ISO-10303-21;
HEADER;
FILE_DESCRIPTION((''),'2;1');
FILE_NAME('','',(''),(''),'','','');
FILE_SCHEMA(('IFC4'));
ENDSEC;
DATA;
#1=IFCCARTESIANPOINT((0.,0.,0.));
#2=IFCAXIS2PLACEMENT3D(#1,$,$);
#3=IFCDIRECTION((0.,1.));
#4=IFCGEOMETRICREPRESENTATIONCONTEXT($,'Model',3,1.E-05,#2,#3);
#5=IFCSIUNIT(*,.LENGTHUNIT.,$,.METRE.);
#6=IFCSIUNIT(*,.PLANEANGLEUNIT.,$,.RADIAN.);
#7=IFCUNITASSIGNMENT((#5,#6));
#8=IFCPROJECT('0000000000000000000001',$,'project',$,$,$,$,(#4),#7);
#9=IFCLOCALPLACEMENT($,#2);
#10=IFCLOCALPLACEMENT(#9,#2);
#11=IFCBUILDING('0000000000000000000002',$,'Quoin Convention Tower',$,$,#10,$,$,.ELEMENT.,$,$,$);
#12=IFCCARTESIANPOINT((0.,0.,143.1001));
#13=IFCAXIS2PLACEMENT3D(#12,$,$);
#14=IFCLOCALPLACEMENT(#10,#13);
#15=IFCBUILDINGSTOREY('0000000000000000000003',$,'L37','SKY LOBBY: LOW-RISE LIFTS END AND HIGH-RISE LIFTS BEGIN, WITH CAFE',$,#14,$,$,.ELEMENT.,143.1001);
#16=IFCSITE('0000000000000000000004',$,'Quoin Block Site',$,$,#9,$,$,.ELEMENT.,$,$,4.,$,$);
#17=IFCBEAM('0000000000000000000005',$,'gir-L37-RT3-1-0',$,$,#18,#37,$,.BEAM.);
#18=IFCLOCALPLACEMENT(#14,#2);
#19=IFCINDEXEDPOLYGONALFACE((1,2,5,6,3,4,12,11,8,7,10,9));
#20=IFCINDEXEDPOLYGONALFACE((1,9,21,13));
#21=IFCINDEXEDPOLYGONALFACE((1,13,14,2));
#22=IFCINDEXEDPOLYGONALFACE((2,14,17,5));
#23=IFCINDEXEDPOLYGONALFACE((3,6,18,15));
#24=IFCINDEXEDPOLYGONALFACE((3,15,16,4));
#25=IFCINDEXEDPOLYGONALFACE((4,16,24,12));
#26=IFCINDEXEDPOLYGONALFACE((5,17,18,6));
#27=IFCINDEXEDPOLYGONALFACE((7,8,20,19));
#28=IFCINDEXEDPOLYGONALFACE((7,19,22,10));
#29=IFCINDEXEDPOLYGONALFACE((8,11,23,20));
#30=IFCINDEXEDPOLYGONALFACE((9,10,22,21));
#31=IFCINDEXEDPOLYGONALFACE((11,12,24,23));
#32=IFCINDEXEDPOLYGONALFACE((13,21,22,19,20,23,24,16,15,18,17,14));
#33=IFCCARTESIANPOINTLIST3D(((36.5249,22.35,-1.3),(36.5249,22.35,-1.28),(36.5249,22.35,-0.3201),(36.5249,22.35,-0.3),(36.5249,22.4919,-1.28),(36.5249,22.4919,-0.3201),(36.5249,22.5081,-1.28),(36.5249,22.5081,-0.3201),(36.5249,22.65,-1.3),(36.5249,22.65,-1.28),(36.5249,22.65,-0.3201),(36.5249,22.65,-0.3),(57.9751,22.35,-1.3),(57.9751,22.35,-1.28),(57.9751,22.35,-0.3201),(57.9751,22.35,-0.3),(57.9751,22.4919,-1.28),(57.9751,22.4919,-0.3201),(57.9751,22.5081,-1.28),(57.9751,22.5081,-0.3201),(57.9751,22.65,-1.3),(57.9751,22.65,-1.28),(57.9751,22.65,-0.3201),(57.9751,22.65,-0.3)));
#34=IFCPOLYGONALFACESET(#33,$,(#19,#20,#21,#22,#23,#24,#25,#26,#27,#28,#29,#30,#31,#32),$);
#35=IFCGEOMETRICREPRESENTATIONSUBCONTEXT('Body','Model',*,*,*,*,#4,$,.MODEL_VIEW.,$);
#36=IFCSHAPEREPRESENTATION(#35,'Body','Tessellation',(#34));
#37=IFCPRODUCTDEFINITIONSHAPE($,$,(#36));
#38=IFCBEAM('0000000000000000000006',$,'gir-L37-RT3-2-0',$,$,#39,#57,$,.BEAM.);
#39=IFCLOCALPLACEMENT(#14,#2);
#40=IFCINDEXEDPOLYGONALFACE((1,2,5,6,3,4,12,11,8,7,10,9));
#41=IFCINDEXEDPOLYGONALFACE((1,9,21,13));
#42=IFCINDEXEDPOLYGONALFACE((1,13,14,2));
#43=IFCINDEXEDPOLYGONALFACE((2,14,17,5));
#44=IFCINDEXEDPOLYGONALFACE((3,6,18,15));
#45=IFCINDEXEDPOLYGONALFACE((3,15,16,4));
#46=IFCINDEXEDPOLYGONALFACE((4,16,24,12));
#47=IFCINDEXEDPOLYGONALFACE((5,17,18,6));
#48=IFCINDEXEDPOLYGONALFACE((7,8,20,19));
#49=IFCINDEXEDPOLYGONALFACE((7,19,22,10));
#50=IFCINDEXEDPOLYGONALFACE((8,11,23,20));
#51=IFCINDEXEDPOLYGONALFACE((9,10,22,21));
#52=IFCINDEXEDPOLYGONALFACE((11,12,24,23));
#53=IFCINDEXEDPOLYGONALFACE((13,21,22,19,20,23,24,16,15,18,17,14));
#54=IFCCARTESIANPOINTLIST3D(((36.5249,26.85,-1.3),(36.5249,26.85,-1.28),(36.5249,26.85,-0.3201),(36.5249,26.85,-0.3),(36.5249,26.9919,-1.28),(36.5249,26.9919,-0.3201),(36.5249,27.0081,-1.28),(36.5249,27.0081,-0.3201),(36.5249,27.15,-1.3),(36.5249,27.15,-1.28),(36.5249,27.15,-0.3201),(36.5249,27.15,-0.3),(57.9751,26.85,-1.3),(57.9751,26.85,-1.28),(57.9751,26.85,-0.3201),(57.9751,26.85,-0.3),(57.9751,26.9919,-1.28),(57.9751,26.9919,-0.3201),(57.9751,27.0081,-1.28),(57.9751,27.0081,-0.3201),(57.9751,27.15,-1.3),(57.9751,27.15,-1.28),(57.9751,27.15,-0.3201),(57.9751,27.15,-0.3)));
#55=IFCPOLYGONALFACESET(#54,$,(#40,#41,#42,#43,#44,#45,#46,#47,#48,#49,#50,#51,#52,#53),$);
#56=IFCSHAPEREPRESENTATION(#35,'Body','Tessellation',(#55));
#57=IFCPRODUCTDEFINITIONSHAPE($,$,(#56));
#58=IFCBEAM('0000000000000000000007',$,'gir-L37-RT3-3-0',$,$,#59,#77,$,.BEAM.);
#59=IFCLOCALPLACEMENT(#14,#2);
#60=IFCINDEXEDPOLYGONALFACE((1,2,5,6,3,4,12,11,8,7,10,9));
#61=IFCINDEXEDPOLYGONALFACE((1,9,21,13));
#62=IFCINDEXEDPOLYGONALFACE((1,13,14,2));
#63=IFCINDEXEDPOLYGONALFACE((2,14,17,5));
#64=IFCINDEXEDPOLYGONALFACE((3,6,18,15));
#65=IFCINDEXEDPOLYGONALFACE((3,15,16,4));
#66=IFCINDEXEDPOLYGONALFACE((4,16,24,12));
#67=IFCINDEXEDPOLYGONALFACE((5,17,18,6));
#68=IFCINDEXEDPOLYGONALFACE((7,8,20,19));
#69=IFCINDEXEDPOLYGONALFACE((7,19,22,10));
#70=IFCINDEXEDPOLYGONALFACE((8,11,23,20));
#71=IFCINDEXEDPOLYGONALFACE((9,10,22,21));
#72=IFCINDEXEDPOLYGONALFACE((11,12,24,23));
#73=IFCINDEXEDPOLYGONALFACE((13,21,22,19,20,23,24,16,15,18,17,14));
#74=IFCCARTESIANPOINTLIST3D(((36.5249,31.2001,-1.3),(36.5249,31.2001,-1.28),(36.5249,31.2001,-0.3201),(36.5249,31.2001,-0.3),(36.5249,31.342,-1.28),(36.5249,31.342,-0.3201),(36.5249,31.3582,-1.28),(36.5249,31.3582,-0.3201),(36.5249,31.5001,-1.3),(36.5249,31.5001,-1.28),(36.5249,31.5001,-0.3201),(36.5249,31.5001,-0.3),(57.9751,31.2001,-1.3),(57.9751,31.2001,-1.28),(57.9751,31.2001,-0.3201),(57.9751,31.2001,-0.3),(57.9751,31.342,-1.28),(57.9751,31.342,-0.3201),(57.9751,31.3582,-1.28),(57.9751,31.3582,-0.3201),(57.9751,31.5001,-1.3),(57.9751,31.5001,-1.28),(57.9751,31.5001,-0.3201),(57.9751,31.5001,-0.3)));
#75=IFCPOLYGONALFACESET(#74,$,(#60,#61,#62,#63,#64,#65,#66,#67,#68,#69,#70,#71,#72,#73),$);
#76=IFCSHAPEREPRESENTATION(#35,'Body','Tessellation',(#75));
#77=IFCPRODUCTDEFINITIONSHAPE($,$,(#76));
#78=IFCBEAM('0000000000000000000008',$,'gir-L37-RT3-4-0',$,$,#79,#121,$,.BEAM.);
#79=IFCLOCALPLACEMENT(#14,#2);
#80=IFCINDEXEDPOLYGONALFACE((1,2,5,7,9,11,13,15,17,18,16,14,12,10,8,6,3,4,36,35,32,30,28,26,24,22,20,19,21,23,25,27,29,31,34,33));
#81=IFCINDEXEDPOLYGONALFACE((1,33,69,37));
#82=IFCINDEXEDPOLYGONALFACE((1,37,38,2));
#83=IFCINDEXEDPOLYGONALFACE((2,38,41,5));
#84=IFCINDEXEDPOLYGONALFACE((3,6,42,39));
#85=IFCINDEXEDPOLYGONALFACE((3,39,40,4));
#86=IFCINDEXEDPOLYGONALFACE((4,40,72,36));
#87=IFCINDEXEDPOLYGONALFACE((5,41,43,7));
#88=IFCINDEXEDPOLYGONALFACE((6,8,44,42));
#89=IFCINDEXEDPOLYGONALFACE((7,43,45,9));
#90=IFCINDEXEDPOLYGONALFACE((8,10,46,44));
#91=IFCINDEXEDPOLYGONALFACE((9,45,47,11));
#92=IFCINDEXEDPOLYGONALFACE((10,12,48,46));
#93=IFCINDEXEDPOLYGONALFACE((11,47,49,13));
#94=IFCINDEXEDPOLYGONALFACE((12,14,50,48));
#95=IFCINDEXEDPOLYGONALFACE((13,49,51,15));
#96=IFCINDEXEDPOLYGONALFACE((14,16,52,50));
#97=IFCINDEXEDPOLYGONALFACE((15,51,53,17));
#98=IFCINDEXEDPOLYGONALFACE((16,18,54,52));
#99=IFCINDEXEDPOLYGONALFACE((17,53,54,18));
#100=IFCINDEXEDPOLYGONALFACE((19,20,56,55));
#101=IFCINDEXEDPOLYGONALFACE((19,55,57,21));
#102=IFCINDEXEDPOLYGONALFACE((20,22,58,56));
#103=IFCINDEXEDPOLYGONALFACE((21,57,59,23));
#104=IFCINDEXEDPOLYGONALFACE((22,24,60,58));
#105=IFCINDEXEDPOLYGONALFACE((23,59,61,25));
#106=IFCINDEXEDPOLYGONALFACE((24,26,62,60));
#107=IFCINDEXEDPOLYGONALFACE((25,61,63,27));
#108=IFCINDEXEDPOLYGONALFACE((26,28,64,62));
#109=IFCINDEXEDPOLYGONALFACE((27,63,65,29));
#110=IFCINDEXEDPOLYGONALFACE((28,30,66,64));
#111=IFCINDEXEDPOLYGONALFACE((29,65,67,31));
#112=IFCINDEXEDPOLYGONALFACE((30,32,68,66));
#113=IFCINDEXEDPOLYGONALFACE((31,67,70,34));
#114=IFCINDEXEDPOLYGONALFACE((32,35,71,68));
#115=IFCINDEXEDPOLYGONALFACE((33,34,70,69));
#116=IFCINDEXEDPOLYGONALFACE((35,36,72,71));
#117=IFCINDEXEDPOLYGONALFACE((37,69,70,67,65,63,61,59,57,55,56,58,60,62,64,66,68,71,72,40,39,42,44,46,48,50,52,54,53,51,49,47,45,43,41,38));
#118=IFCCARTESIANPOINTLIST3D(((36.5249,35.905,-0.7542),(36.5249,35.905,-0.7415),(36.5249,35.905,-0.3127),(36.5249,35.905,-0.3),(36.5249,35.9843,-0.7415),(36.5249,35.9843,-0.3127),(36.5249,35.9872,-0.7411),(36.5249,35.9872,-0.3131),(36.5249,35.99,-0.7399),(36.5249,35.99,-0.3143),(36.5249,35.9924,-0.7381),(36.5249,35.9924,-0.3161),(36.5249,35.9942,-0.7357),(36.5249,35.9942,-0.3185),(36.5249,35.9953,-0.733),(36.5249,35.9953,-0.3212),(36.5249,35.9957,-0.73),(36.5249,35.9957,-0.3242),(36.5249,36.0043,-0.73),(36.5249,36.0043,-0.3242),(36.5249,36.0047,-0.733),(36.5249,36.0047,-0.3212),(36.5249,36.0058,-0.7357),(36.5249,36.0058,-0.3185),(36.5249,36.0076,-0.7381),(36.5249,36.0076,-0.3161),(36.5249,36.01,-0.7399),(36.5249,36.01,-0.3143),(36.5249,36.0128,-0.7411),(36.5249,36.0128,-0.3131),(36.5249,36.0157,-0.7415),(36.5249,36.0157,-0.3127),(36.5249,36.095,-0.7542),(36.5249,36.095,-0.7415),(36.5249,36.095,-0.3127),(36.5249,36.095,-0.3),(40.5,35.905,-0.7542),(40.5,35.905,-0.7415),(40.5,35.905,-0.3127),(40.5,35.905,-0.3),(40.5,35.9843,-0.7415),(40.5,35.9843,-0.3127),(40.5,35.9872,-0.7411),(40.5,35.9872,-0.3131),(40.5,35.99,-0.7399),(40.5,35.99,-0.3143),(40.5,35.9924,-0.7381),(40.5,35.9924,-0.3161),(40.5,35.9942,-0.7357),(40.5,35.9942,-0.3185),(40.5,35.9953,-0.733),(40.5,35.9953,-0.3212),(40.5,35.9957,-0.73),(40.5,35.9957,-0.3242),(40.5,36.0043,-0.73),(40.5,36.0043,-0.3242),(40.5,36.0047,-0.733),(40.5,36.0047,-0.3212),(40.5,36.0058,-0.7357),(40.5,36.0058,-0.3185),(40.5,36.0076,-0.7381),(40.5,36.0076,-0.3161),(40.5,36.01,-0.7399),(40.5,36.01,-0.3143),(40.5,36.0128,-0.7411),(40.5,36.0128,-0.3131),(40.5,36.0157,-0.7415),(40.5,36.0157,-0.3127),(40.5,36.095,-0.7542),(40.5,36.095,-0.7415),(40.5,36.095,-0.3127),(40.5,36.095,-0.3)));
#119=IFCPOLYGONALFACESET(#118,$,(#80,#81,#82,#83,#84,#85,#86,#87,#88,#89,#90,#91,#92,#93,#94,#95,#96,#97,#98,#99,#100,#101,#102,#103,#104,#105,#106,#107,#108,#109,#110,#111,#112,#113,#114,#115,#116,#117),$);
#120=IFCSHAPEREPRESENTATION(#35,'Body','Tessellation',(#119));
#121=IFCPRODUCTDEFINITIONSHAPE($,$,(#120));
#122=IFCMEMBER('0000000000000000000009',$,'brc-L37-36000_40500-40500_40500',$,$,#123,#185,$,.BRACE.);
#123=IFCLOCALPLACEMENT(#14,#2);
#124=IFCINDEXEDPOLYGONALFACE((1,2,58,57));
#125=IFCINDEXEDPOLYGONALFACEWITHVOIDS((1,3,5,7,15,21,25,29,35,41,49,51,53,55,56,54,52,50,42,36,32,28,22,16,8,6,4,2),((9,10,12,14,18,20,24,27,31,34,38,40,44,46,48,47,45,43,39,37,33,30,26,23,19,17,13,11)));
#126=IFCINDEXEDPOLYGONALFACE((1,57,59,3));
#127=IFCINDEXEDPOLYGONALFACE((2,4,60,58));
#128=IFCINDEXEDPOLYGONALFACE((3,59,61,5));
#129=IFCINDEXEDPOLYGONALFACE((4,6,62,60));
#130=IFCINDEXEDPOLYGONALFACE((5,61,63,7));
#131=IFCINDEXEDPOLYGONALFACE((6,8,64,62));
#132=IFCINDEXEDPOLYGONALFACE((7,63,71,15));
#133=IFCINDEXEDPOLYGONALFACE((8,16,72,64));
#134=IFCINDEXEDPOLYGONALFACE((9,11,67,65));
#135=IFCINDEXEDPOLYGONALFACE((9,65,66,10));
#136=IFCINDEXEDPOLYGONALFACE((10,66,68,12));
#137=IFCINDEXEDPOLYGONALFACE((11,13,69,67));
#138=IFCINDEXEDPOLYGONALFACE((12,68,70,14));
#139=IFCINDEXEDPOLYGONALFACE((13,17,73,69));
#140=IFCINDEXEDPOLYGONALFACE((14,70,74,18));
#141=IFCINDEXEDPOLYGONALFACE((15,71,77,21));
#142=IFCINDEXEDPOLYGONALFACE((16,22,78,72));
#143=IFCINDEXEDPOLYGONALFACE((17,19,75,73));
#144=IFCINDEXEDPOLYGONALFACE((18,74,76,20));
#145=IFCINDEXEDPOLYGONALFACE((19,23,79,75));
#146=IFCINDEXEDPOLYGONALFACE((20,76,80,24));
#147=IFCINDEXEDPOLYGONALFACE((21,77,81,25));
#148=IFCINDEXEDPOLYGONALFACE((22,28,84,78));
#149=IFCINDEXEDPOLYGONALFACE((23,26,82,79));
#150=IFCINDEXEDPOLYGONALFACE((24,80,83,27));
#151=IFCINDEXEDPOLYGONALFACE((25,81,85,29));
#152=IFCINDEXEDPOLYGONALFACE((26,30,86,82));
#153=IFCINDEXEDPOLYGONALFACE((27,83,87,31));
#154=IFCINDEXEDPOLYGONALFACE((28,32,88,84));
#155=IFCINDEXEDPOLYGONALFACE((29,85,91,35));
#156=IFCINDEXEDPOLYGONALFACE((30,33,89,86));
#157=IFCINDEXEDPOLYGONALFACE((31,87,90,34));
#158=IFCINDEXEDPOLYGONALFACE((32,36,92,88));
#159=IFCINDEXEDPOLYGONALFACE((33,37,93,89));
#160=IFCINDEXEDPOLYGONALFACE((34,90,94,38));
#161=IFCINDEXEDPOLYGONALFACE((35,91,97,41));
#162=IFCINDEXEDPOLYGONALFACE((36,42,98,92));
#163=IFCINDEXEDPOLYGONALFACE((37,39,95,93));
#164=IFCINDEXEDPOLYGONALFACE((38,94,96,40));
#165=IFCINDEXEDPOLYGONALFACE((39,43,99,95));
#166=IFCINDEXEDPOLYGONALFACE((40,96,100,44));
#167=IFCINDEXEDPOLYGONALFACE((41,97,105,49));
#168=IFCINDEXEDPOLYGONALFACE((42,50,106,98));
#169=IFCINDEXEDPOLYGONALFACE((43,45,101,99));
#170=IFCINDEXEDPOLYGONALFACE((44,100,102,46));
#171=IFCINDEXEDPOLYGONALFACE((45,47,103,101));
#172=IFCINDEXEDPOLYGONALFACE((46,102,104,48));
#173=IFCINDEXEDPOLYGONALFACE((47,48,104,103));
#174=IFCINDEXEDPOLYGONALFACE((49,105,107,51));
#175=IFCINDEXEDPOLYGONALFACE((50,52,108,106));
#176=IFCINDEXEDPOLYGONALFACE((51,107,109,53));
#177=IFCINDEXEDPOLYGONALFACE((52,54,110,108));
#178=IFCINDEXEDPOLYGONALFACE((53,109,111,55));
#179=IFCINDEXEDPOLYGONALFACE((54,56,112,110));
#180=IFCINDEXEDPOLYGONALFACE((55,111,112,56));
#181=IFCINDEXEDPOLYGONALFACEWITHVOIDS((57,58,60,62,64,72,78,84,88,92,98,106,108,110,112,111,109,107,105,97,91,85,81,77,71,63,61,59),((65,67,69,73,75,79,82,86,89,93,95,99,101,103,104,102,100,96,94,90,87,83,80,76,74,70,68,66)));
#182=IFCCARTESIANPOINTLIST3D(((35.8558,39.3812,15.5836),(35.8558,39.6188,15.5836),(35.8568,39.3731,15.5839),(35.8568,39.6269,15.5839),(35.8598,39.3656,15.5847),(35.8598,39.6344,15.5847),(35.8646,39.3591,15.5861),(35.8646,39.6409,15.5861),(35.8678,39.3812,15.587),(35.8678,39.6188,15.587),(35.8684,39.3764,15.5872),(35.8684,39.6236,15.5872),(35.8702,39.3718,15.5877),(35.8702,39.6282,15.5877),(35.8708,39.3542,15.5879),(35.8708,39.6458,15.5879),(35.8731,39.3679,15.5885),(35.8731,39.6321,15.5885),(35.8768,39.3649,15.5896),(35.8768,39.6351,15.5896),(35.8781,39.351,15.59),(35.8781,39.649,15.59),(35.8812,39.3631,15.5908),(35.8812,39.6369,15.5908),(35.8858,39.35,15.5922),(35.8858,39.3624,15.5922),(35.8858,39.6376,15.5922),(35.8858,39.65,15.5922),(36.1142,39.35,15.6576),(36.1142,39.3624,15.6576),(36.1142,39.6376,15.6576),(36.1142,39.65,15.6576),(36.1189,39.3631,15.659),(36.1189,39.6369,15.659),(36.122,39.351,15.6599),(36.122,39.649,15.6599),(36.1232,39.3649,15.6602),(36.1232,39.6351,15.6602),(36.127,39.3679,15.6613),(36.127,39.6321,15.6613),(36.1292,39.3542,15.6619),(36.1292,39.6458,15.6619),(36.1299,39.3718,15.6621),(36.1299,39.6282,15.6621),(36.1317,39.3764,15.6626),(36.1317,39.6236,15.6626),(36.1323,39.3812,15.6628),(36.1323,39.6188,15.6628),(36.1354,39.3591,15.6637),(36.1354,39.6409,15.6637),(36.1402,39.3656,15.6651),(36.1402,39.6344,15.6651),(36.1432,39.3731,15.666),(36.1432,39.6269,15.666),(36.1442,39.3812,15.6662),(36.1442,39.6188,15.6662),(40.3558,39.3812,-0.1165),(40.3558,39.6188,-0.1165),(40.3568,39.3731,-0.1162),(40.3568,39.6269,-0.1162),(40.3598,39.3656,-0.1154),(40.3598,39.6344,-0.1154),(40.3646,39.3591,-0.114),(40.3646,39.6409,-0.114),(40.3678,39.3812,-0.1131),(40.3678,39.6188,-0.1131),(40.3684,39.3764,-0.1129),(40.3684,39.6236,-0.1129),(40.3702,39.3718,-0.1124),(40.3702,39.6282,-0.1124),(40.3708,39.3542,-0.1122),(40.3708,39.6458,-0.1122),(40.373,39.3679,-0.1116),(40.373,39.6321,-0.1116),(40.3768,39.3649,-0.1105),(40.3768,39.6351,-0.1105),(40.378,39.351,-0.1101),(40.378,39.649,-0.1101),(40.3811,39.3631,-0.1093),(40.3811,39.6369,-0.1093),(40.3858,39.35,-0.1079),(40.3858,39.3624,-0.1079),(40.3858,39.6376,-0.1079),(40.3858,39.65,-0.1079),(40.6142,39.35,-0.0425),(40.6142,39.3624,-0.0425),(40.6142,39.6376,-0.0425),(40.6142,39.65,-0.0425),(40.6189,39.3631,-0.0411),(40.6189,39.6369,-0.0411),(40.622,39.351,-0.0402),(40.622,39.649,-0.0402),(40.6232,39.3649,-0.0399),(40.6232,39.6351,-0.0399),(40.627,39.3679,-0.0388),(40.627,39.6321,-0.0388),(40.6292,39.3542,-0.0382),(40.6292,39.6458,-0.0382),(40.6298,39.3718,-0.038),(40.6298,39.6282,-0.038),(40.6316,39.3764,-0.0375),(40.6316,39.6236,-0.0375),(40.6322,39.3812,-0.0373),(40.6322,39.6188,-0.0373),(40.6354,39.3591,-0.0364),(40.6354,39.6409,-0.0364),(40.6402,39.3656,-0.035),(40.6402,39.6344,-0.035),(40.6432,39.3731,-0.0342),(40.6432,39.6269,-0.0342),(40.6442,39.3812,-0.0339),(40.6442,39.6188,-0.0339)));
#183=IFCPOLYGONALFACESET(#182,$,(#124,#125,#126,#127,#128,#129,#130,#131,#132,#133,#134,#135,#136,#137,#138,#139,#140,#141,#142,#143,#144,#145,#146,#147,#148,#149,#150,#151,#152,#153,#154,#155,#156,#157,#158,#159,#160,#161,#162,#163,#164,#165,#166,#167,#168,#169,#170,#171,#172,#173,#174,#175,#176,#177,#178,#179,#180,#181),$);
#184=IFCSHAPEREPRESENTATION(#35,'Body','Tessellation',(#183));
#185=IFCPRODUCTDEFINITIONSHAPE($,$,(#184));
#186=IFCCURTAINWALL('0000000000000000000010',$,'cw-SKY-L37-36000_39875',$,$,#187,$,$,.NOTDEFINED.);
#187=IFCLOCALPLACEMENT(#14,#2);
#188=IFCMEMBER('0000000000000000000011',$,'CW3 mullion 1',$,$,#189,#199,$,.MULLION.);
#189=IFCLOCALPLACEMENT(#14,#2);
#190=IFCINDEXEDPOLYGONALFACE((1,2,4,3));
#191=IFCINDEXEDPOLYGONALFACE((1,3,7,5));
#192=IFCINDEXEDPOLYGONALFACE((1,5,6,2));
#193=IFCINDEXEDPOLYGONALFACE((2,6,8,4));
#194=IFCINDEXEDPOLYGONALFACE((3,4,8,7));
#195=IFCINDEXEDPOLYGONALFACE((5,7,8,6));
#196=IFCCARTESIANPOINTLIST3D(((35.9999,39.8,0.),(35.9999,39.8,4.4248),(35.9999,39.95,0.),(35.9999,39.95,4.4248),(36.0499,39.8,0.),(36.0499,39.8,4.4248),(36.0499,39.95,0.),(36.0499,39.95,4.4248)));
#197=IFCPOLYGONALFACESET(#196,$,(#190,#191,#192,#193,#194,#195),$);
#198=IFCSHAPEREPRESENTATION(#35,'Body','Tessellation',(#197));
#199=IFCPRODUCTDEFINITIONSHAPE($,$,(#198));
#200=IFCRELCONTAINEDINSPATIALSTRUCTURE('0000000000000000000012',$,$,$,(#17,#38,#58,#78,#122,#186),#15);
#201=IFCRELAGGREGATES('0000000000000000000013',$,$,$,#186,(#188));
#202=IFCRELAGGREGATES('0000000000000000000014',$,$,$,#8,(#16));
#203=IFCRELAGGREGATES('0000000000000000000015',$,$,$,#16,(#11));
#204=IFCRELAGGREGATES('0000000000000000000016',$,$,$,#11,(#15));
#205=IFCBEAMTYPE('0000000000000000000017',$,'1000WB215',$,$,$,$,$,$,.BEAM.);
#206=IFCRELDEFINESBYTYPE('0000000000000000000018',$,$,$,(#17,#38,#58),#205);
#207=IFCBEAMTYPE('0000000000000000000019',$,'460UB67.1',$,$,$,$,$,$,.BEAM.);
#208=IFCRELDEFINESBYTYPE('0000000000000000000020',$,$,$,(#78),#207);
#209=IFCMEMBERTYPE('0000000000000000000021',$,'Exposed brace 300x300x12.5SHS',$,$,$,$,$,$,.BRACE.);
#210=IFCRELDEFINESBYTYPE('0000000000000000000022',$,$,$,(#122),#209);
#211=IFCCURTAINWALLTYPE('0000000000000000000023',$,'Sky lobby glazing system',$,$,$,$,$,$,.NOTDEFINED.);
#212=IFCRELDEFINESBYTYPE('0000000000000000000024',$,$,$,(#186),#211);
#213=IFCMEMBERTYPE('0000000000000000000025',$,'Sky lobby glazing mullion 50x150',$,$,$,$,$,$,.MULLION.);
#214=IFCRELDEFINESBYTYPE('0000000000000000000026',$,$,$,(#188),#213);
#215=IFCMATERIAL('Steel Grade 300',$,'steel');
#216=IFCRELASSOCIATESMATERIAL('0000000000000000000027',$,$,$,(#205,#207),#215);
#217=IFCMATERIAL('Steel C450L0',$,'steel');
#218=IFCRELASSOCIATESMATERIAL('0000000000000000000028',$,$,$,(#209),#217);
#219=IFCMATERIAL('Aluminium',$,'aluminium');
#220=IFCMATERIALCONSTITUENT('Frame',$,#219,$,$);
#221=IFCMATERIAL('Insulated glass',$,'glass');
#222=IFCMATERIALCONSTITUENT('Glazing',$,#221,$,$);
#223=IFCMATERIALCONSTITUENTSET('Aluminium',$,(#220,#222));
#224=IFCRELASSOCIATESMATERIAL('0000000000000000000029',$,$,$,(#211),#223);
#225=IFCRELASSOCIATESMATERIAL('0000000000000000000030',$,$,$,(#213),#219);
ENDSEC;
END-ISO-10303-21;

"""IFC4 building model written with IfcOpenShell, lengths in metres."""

from ifc_helpers import new_model, si_unit, direction, frame, origin, origin_2d, place, context, subcontext, project, spatial, rectangle, hollow_rectangle, i_section, extrude, material, constituent, constituent_set, material_profile, profile_set, type_object, element, aggregate, save


model = new_model("IFC4")

# Units and contexts
model_context = context("Model", 3, precision=1e-05, world=origin(), true_north=direction((0.0, 1.0)))
body_context = subcontext(model_context, "Body", "Model", "MODEL_VIEW")
ifc_project = project(units=[si_unit("LENGTHUNIT", "METRE"), si_unit("PLANEANGLEUNIT", "RADIAN")], contexts=[model_context])

# Site, building, storey
site_placement = place(None, origin())
site = spatial("IfcSite", under=ifc_project, at=site_placement, Name="Quoin Block Site", CompositionType="ELEMENT", RefElevation=4.0)
building_placement = place(site_placement, origin())
building = spatial("IfcBuilding", under=site, at=building_placement, Name="Quoin Convention Tower", CompositionType="ELEMENT")
storey_placement = place(building_placement, frame((0.0, 0.0, 143.1001)))
storey = spatial("IfcBuildingStorey", under=building, at=storey_placement, Name="L37", Description="SKY LOBBY: LOW-RISE LIFTS END AND HIGH-RISE LIFTS BEGIN, WITH CAFE", CompositionType="ELEMENT", Elevation=143.1001)

# Beams
ifc_material_1 = material(Name="Steel Grade 300", Category="steel")
ifc_material_profile_1 = material_profile(ifc_material_1, i_section(OverallWidth=0.3, OverallDepth=1.0, WebThickness=0.0161, FlangeThickness=0.02, at=origin_2d()), Name="1000WB215")
ifc_profile_set_1 = profile_set([ifc_material_profile_1], Name="Steel Grade 300")
beam_type_1 = type_object("IfcBeamType", Name="1000WB215", PredefinedType="BEAM", material=ifc_profile_set_1)
for number, where, z_axis, x_axis, name in (
    (1, (36.5249, 22.5, -0.8), (1.0, 0.0, 0.0), (0.0, 1.0, 0.0), "gir-L37-RT3-1-0"),
    (2, (36.5249, 27.0, -0.8), (1.0, 0.0, 0.0), (0.0, 1.0, 0.0), "gir-L37-RT3-2-0"),
    (3, (36.5249, 31.3501, -0.8), (1.0, 0.0, 0.0), (0.0, 1.0, 0.0), "gir-L37-RT3-3-0"),
):
    element("IfcBeam", number, at=place(storey_placement, frame(where, z_axis=z_axis, x_axis=x_axis)), inside=storey, type_object=beam_type_1, Name=name, PredefinedType="BEAM", context=body_context, shape_type="SweptSolid", body=[
        extrude(i_section(OverallWidth=0.3, OverallDepth=1.0, WebThickness=0.0161, FlangeThickness=0.02, at=origin_2d()), origin(), (0.0, 0.0, 1.0), 21.4502),
    ])
ifc_material_profile_2 = material_profile(ifc_material_1, i_section(OverallWidth=0.1899, OverallDepth=0.4541, WebThickness=0.0085, FlangeThickness=0.0127, FilletRadius=0.0115, at=origin_2d()), Name="460UB67.1")
ifc_profile_set_2 = profile_set([ifc_material_profile_2], Name="Steel Grade 300")
beam_type_2 = type_object("IfcBeamType", Name="460UB67.1", PredefinedType="BEAM", material=ifc_profile_set_2)
beam_placement = place(storey_placement, frame((36.5249, 36.0, -0.5271), z_axis=(1.0, 0.0, 0.0), x_axis=(0.0, 1.0, 0.0)))
element("IfcBeam", 4, at=beam_placement, inside=storey, type_object=beam_type_2, Name="gir-L37-RT3-4-0", PredefinedType="BEAM", context=body_context, shape_type="SweptSolid", body=[
    extrude(i_section(OverallWidth=0.1899, OverallDepth=0.4541, WebThickness=0.0085, FlangeThickness=0.0127, FilletRadius=0.0115, at=origin_2d()), origin(), (0.0, 0.0, 1.0), 3.9751),
])

# Member
ifc_material_2 = material(Name="Steel C450L0", Category="steel")
ifc_material_profile_3 = material_profile(ifc_material_2, hollow_rectangle(XDim=0.3, YDim=0.3, WallThickness=0.0125, InnerFilletRadius=0.0188, OuterFilletRadius=0.0312, at=origin_2d()), Name="300x300x12.5SHS")
ifc_profile_set_3 = profile_set([ifc_material_profile_3], Name="Steel C450L0")
member_type_1 = type_object("IfcMemberType", Name="Exposed brace 300x300x12.5SHS", PredefinedType="BRACE", material=ifc_profile_set_3)
member_1_placement = place(storey_placement, frame((40.5, 39.5, -0.0752), z_axis=(-0.275527, 0.0, 0.961293), x_axis=(0.0, -1.0, 0.0)))
element("IfcMember", 5, at=member_1_placement, inside=storey, type_object=member_type_1, Name="brc-L37-36000_40500-40500_40500", PredefinedType="BRACE", context=body_context, shape_type="SweptSolid", body=[
    extrude(hollow_rectangle(XDim=0.3, YDim=0.3, WallThickness=0.0125, InnerFilletRadius=0.0188, OuterFilletRadius=0.0312, at=origin_2d()), origin(), (0.0, 0.0, 1.0), 16.3323),
])

# Curtain wall, member
ifc_material_3 = material(Name="Aluminium", Category="aluminium")
ifc_constituent_1 = constituent(ifc_material_3, Name="Frame")
ifc_material_4 = material(Name="Insulated glass", Category="glass")
ifc_constituent_2 = constituent(ifc_material_4, Name="Glazing")
ifc_constituent_set = constituent_set(constituents=[ifc_constituent_1, ifc_constituent_2], Name="Aluminium")
curtain_wall_type = type_object("IfcCurtainWallType", Name="Sky lobby glazing system", PredefinedType="NOTDEFINED", material=ifc_constituent_set)
curtain_wall_placement = place(storey_placement, origin())
curtain_wall = element("IfcCurtainWall", 6, at=curtain_wall_placement, inside=storey, type_object=curtain_wall_type, Name="cw-SKY-L37-36000_39875", PredefinedType="NOTDEFINED")
ifc_material_profile_4 = material_profile(ifc_material_3, rectangle(XDim=0.1499, YDim=0.05, at=origin_2d()), Name="Sky lobby glazing mullion 50x150")
ifc_profile_set_4 = profile_set([ifc_material_profile_4], Name="Aluminium")
member_type_2 = type_object("IfcMemberType", Name="Sky lobby glazing mullion 50x150", PredefinedType="MULLION", material=ifc_profile_set_4)
member_2_placement = place(storey_placement, frame((36.0249, 39.875, 0.0), z_axis=(0.0, 0.0, 1.0), x_axis=(0.0, 1.0, 0.0)))
member_2 = element("IfcMember", 7, at=member_2_placement, type_object=member_type_2, Name="CW3 mullion 1", PredefinedType="MULLION", context=body_context, shape_type="SweptSolid", body=[
    extrude(rectangle(XDim=0.1499, YDim=0.05, at=origin_2d()), origin(), (0.0, 0.0, 1.0), 4.4248),
])
aggregate(curtain_wall, [member_2])

save(model, "model.ifc")
